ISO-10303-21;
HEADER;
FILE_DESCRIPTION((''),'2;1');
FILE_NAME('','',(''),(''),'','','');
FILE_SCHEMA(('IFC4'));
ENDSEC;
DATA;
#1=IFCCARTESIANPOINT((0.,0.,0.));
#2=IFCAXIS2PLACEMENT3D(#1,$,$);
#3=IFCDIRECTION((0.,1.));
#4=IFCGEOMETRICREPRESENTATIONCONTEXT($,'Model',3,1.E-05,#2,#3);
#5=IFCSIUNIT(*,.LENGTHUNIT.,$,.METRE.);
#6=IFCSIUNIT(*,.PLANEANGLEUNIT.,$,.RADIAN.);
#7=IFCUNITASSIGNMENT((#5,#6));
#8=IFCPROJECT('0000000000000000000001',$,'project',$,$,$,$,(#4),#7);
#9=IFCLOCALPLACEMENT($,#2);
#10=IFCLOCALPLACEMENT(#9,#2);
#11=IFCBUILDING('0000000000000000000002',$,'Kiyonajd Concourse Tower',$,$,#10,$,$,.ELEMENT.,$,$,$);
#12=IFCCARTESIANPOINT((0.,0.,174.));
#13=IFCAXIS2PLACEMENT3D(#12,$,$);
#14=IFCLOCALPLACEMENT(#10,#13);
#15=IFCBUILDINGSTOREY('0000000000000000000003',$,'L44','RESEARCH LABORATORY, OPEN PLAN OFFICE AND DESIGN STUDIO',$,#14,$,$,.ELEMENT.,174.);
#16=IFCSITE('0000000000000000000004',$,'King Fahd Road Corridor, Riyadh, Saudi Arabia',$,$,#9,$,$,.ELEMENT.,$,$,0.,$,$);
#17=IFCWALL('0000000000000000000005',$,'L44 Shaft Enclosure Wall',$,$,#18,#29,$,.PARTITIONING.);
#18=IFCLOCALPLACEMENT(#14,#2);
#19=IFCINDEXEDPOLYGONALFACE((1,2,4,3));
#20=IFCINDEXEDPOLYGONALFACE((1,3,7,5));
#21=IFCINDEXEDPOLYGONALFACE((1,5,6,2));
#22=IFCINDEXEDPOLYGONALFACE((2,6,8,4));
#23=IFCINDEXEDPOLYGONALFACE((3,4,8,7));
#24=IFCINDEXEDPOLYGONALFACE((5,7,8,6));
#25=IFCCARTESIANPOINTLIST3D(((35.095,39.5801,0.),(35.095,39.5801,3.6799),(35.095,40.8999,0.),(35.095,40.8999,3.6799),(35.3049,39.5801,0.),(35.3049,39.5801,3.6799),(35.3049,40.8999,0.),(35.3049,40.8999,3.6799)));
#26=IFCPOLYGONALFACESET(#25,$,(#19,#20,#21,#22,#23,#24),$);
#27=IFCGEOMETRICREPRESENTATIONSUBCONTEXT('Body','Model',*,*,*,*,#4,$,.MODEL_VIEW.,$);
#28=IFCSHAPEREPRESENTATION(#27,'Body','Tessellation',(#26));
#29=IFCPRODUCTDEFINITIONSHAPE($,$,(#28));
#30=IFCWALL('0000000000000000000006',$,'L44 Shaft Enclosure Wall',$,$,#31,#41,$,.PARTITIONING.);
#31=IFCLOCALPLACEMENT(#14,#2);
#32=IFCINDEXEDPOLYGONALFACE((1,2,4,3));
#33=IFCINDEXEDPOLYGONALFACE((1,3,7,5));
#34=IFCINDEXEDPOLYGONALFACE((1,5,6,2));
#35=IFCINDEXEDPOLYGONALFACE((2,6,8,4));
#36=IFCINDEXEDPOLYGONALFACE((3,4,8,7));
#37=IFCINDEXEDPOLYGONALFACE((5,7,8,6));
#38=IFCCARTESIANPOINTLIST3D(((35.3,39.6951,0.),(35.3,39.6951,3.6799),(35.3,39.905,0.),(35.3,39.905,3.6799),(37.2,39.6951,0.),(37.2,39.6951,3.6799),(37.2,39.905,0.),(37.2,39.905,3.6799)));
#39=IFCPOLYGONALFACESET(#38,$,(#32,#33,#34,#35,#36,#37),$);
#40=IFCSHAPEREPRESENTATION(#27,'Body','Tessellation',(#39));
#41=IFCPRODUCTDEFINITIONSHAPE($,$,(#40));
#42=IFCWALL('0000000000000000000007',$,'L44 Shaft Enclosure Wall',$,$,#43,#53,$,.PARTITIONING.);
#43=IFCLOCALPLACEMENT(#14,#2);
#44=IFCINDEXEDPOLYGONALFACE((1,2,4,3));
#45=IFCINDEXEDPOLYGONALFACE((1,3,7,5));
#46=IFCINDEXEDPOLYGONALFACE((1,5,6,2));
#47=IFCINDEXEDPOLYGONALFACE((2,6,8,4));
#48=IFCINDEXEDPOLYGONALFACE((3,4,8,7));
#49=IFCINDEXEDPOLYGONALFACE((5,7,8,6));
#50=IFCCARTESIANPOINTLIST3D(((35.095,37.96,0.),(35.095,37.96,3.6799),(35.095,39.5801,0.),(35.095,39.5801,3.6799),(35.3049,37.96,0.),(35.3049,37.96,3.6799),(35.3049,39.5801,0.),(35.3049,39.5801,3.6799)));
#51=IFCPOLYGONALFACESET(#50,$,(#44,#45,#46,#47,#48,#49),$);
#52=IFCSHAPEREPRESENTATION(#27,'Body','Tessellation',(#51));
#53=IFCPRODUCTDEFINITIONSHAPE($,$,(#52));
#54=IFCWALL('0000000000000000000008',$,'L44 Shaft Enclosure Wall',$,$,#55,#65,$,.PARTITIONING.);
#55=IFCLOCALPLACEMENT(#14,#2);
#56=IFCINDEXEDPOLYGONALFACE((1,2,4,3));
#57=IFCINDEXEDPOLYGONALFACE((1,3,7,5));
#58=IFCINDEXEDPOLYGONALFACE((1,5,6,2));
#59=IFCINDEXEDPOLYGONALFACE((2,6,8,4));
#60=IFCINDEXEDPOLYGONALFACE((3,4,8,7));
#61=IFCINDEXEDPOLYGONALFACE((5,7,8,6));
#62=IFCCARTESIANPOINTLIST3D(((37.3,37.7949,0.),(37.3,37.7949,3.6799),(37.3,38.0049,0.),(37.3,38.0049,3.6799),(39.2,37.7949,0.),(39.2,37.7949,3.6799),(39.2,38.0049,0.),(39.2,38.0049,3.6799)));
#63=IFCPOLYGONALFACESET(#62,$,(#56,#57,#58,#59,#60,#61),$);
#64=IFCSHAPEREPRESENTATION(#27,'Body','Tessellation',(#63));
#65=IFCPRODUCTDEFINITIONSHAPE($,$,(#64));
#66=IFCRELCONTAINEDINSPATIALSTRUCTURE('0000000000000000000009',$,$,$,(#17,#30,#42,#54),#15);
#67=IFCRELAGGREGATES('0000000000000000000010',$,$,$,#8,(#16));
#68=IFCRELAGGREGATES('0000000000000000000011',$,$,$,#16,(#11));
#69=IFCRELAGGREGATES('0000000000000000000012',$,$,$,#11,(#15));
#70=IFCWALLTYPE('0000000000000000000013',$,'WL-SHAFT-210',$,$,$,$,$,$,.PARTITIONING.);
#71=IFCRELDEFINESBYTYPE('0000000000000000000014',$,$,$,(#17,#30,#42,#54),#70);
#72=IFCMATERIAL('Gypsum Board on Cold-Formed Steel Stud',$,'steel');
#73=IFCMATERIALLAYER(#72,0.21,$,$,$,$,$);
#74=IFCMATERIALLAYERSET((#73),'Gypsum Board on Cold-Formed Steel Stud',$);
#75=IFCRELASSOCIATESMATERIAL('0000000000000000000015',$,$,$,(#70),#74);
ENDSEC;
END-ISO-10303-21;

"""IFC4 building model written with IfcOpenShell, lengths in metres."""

from ifc_helpers import new_model, si_unit, direction, frame, frame_2d, origin, place, context, subcontext, project, spatial, rectangle, extrude, material, layer, layer_set, type_object, element, save


model = new_model("IFC4")

# Units and contexts
model_context = context("Model", 3, precision=1e-05, world=origin(), true_north=direction((0.0, 1.0)))
body_context = subcontext(model_context, "Body", "Model", "MODEL_VIEW")
ifc_project = project(units=[si_unit("LENGTHUNIT", "METRE"), si_unit("PLANEANGLEUNIT", "RADIAN")], contexts=[model_context])

# Site, building, storey
site_placement = place(None, origin())
site = spatial("IfcSite", under=ifc_project, at=site_placement, Name="King Fahd Road Corridor, Riyadh, Saudi Arabia", CompositionType="ELEMENT", RefElevation=0.0)
building_placement = place(site_placement, origin())
building = spatial("IfcBuilding", under=site, at=building_placement, Name="Kiyonajd Concourse Tower", CompositionType="ELEMENT")
storey_placement = place(building_placement, frame((0.0, 0.0, 174.0)))
storey = spatial("IfcBuildingStorey", under=building, at=storey_placement, Name="L44", Description="RESEARCH LABORATORY, OPEN PLAN OFFICE AND DESIGN STUDIO", CompositionType="ELEMENT", Elevation=174.0)

# Walls
ifc_material_1 = material(Name="Gypsum Board on Cold-Formed Steel Stud", Category="steel")
ifc_layer_1 = layer(ifc_material_1, 0.21)
ifc_layer_set_1 = layer_set([ifc_layer_1], Name="Gypsum Board on Cold-Formed Steel Stud")
wall_type_1 = type_object("IfcWallType", Name="WL-SHAFT-210", PredefinedType="PARTITIONING", material=ifc_layer_set_1)
wall_1_placement = place(storey_placement, frame((35.2, 39.5801, 0.0), z_axis=(0.0, 0.0, 1.0), x_axis=(0.0, 1.0, 0.0)))
element("IfcWall", 1, at=wall_1_placement, inside=storey, type_object=wall_type_1, Name="L44 Shaft Enclosure Wall", PredefinedType="PARTITIONING", context=body_context, shape_type="SweptSolid", body=[
    extrude(rectangle(XDim=1.3198, YDim=0.21, at=frame_2d((0.6599, 0.0))), origin(), (0.0, 0.0, 1.0), 3.6799),
])
wall_2_placement = place(storey_placement, frame((35.3, 39.8, 0.0), z_axis=(0.0, 0.0, 1.0), x_axis=(1.0, 0.0, 0.0)))
element("IfcWall", 2, at=wall_2_placement, inside=storey, type_object=wall_type_1, Name="L44 Shaft Enclosure Wall", PredefinedType="PARTITIONING", context=body_context, shape_type="SweptSolid", body=[
    extrude(rectangle(XDim=1.8999, YDim=0.21, at=frame_2d((0.95, 0.0))), origin(), (0.0, 0.0, 1.0), 3.6799),
])
wall_3_placement = place(storey_placement, frame((35.2, 37.96, 0.0), z_axis=(0.0, 0.0, 1.0), x_axis=(0.0, 1.0, 0.0)))
element("IfcWall", 3, at=wall_3_placement, inside=storey, type_object=wall_type_1, Name="L44 Shaft Enclosure Wall", PredefinedType="PARTITIONING", context=body_context, shape_type="SweptSolid", body=[
    extrude(rectangle(XDim=1.6201, YDim=0.21, at=frame_2d((0.8101, 0.0))), origin(), (0.0, 0.0, 1.0), 3.6799),
])
wall_4_placement = place(storey_placement, frame((37.3, 37.8999, 0.0), z_axis=(0.0, 0.0, 1.0), x_axis=(1.0, 0.0, 0.0)))
element("IfcWall", 4, at=wall_4_placement, inside=storey, type_object=wall_type_1, Name="L44 Shaft Enclosure Wall", PredefinedType="PARTITIONING", context=body_context, shape_type="SweptSolid", body=[
    extrude(rectangle(XDim=1.8999, YDim=0.21, at=frame_2d((0.95, 0.0))), origin(), (0.0, 0.0, 1.0), 3.6799),
])

save(model, "model.ifc")
